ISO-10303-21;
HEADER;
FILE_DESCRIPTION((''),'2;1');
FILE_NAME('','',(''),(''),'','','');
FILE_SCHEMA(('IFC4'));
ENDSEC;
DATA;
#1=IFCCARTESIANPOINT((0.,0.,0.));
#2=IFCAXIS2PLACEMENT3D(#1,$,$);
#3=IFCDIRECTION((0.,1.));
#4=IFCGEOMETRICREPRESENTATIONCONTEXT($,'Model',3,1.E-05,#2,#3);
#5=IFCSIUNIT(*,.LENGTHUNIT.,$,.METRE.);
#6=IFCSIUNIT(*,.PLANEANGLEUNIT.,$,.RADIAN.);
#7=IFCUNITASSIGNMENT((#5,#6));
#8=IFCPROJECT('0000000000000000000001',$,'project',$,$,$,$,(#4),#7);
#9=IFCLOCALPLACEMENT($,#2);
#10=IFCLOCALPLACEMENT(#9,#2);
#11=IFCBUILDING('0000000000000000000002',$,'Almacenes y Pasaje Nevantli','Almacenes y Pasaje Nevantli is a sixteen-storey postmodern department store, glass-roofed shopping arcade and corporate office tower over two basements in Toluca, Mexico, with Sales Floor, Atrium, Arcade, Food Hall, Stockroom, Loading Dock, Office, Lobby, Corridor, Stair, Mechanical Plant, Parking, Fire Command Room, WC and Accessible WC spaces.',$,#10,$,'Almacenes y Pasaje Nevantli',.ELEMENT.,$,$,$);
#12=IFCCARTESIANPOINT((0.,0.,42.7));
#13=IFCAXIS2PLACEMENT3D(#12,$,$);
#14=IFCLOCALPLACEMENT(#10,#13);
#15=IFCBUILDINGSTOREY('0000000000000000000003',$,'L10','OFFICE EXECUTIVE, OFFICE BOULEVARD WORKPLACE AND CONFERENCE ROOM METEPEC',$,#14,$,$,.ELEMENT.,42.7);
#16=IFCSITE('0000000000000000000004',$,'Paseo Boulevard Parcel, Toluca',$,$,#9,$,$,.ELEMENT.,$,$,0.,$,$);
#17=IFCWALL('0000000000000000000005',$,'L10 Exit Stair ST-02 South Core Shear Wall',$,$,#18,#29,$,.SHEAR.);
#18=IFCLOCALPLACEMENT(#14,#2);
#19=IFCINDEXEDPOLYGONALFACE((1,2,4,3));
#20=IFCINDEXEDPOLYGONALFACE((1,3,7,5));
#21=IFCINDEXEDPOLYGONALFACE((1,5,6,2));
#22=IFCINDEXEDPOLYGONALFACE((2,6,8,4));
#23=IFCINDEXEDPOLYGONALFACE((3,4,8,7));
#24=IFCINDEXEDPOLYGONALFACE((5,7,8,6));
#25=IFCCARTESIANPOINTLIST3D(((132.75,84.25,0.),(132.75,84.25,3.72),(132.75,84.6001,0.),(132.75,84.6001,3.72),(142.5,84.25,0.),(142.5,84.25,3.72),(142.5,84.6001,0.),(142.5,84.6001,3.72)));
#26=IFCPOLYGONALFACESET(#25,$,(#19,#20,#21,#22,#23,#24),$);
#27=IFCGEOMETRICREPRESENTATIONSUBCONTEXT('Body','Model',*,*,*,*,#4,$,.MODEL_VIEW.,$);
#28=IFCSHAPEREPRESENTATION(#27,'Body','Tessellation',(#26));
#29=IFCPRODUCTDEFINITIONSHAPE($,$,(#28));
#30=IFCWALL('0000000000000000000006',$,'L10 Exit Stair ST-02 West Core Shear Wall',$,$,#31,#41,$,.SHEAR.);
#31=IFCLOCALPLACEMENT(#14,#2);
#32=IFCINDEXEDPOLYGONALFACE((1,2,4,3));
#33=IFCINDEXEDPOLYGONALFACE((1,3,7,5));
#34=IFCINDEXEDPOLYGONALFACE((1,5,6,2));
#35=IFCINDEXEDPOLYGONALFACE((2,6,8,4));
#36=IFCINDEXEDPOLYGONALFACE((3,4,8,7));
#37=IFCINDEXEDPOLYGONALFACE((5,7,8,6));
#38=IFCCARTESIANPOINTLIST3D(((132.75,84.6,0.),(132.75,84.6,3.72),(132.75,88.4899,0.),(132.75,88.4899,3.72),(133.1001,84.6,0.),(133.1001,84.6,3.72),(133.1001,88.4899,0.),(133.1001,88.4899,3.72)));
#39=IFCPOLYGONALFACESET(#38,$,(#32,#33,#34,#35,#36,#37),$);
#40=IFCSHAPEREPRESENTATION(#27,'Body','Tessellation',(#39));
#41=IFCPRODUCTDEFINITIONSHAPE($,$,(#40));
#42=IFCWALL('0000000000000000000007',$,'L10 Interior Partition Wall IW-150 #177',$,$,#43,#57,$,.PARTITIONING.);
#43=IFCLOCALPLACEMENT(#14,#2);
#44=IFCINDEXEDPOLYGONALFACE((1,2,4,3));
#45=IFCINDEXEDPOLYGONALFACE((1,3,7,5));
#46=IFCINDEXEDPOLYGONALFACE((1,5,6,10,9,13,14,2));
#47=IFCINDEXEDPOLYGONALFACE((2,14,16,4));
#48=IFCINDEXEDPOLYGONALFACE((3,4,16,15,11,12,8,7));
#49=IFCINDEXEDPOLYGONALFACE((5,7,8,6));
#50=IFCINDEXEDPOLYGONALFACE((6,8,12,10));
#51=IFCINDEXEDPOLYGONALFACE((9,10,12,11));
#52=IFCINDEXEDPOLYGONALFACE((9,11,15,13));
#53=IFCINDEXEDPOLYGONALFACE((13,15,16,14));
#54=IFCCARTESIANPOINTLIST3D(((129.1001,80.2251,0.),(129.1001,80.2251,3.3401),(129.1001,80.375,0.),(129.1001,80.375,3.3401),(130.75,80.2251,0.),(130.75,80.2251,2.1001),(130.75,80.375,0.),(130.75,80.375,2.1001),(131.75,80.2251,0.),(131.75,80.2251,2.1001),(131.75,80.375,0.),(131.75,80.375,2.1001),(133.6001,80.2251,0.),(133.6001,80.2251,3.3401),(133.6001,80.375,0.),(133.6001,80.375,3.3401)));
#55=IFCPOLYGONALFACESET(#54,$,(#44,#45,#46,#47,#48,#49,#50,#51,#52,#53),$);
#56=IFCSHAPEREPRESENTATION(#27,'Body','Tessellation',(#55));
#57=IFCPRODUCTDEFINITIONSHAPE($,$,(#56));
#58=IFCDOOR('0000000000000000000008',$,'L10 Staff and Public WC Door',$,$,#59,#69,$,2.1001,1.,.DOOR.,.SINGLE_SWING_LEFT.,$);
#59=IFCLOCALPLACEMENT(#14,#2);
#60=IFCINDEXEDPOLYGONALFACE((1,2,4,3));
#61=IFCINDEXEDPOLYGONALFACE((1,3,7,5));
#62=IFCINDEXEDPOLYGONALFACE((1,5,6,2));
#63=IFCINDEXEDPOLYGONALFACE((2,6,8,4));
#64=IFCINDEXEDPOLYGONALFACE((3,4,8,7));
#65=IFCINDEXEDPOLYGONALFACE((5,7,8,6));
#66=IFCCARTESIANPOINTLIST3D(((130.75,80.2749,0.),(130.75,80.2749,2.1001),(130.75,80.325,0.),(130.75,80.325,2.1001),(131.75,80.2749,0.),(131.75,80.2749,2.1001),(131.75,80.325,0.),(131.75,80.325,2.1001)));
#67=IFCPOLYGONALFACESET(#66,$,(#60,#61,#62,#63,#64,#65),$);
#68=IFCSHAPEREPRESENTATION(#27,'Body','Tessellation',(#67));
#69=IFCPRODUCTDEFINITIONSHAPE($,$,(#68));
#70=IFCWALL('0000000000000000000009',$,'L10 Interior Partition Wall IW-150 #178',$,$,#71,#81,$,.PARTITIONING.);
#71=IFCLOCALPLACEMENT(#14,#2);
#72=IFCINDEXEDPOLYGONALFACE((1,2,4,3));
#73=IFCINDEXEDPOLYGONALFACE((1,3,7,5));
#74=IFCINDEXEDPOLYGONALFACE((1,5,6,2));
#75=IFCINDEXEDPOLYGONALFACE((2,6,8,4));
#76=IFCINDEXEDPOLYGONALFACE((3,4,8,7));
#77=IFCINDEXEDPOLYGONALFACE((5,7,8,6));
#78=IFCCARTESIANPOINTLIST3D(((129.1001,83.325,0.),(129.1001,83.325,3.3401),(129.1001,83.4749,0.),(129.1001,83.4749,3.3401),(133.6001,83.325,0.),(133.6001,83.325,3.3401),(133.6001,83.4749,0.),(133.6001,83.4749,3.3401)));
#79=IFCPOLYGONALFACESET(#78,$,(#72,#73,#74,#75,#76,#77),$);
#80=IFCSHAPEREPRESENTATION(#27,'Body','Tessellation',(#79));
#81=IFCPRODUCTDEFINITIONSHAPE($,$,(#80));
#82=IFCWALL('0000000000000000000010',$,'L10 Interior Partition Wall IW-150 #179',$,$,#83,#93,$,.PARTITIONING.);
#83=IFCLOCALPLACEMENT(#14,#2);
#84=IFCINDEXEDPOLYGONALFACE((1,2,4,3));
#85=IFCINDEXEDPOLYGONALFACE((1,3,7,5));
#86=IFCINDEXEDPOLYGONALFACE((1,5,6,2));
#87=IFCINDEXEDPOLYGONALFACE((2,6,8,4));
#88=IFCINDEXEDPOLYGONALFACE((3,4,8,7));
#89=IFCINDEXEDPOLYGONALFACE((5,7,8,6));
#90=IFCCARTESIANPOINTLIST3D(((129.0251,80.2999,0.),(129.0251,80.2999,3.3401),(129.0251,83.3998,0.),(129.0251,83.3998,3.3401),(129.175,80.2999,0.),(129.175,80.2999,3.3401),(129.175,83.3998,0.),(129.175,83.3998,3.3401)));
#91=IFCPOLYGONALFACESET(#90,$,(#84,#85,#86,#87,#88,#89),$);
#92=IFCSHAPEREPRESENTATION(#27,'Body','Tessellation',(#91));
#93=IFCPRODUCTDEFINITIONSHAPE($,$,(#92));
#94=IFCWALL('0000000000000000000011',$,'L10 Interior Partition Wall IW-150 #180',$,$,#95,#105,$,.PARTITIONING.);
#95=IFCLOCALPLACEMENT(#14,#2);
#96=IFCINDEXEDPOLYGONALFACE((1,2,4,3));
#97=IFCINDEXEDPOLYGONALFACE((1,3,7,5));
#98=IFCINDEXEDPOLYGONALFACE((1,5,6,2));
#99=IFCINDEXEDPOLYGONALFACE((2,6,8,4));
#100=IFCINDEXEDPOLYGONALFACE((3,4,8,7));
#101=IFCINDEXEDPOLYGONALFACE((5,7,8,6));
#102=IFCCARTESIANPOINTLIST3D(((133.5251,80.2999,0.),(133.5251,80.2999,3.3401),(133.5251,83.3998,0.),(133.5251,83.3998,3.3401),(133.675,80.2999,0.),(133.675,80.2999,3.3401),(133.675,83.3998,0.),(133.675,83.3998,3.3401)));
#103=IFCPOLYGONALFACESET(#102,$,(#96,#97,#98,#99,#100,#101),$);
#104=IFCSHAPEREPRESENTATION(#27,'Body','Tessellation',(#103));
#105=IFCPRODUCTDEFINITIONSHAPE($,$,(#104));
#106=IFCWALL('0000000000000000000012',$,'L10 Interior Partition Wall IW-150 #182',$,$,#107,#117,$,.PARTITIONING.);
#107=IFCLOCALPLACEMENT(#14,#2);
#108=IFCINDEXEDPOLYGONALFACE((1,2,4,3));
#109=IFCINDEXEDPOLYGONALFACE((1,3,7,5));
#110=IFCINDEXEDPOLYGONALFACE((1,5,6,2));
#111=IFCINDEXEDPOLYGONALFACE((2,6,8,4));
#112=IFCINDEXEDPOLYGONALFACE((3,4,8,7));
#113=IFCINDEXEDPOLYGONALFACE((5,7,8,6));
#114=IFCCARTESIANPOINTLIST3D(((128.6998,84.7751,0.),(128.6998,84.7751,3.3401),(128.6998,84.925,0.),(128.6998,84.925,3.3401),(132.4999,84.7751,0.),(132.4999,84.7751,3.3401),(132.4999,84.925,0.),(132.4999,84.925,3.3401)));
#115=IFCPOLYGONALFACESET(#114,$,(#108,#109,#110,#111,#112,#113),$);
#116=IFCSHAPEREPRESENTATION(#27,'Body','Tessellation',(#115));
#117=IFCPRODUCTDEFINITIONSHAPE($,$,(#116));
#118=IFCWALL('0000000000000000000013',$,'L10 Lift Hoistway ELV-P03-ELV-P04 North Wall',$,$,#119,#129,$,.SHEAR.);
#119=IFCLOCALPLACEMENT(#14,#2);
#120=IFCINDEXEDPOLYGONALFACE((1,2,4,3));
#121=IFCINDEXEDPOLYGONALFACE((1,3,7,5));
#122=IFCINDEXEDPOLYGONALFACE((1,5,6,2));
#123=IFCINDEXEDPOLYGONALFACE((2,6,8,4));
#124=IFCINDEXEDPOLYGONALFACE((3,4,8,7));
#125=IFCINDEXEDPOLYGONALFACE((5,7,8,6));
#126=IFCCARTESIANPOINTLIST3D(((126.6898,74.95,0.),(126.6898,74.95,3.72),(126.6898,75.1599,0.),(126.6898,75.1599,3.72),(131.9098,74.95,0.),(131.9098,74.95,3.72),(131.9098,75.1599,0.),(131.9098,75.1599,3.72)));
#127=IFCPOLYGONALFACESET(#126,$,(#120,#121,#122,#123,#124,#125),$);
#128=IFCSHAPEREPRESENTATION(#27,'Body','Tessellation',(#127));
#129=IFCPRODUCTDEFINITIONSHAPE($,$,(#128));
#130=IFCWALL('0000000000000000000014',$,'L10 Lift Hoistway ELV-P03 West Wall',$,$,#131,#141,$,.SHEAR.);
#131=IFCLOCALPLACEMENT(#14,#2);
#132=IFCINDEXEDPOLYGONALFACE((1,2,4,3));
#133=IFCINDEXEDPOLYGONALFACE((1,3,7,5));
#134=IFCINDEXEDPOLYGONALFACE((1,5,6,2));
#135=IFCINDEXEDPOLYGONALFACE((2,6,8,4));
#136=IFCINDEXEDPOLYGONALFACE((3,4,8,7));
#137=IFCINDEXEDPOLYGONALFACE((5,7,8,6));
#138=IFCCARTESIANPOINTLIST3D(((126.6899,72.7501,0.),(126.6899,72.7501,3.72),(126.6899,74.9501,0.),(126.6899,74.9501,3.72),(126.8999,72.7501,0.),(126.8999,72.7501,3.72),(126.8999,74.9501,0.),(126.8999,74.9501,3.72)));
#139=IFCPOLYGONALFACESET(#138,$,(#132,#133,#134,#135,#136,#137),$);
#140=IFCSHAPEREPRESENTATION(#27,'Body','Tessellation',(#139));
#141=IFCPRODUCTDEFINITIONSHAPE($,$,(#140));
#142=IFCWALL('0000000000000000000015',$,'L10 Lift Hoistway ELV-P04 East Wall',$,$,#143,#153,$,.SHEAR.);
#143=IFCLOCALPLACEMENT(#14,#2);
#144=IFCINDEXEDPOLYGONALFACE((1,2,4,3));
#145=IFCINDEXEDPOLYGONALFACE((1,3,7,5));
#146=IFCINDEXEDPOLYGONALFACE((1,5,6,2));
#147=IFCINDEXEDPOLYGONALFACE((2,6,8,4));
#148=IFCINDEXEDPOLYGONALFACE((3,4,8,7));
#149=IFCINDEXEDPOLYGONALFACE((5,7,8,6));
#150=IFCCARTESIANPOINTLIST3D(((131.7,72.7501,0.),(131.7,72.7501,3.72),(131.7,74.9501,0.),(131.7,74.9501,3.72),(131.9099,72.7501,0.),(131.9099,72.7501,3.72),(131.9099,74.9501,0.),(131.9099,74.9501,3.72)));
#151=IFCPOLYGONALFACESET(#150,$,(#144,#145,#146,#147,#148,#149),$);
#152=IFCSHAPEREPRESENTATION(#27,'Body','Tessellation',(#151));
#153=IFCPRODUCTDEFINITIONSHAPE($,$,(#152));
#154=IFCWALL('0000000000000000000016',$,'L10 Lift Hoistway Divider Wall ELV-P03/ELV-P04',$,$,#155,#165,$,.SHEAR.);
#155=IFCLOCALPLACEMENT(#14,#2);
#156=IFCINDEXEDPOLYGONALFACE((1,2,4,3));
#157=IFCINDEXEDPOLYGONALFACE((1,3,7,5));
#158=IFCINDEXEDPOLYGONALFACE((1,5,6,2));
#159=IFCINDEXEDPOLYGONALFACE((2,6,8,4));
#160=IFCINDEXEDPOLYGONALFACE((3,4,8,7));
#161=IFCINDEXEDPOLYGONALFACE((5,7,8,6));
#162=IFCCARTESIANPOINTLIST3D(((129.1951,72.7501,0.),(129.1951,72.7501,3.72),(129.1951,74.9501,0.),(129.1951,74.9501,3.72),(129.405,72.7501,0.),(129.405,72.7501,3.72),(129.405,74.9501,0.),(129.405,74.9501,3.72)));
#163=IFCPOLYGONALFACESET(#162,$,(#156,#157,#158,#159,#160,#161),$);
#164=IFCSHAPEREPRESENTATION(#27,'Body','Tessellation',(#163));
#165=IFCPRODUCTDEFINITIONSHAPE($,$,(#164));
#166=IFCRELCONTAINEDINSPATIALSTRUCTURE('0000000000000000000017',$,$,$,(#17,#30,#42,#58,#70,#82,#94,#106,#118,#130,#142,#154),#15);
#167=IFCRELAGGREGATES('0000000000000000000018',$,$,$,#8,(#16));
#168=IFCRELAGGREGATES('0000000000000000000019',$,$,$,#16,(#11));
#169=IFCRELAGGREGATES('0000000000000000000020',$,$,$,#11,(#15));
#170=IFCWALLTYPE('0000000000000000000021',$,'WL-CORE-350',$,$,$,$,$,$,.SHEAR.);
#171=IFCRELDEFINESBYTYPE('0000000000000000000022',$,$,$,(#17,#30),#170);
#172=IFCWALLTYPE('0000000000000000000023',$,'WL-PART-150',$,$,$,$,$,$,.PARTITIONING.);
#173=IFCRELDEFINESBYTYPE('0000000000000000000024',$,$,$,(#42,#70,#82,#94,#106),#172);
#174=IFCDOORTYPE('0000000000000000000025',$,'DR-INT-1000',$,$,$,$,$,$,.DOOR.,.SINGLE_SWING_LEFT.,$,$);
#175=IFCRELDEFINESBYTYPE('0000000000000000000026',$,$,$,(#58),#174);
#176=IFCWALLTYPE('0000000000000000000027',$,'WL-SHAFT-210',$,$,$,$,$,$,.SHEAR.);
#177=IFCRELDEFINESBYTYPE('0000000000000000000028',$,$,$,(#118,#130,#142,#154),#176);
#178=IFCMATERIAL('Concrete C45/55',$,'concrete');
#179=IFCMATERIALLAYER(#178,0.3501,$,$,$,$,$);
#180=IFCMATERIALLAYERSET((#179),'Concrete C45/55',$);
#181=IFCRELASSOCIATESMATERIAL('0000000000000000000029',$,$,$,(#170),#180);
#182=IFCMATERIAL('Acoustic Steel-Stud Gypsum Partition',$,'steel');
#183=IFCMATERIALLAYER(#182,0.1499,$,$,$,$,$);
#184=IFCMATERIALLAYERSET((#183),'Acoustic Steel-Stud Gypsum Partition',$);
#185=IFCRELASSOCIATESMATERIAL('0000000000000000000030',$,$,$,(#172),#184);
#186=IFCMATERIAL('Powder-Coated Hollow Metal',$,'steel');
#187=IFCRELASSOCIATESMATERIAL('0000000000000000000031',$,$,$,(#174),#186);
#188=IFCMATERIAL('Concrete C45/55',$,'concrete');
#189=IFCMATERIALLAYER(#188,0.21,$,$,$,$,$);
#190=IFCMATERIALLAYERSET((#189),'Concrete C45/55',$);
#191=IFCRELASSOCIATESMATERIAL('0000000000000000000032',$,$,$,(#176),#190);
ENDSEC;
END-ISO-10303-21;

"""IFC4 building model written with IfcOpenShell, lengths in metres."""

from ifc_helpers import new_model, si_unit, direction, frame, frame_2d, origin, place, context, subcontext, project, spatial, rectangle, extrude, material, layer, layer_set, type_object, element, fill, save


model = new_model("IFC4")

# Units and contexts
model_context = context("Model", 3, precision=1e-05, world=origin(), true_north=direction((0.0, 1.0)))
body_context = subcontext(model_context, "Body", "Model", "MODEL_VIEW")
ifc_project = project(units=[si_unit("LENGTHUNIT", "METRE"), si_unit("PLANEANGLEUNIT", "RADIAN")], contexts=[model_context])

# Site, building, storey
site_placement = place(None, origin())
site = spatial("IfcSite", under=ifc_project, at=site_placement, Name="Paseo Boulevard Parcel, Toluca", CompositionType="ELEMENT", RefElevation=0.0)
building_placement = place(site_placement, origin())
building = spatial("IfcBuilding", under=site, at=building_placement, Name="Almacenes y Pasaje Nevantli", Description="Almacenes y Pasaje Nevantli is a sixteen-storey postmodern department store, glass-roofed shopping arcade and corporate office tower over two basements in Toluca, Mexico, with Sales Floor, Atrium, Arcade, Food Hall, Stockroom, Loading Dock, Office, Lobby, Corridor, Stair, Mechanical Plant, Parking, Fire Command Room, WC and Accessible WC spaces.", LongName="Almacenes y Pasaje Nevantli", CompositionType="ELEMENT")
storey_placement = place(building_placement, frame((0.0, 0.0, 42.7)))
storey = spatial("IfcBuildingStorey", under=building, at=storey_placement, Name="L10", Description="OFFICE EXECUTIVE, OFFICE BOULEVARD WORKPLACE AND CONFERENCE ROOM METEPEC", CompositionType="ELEMENT", Elevation=42.7)

# Walls
ifc_material_1 = material(Name="Concrete C45/55", Category="concrete")
ifc_layer_1 = layer(ifc_material_1, 0.3501)
ifc_layer_set_1 = layer_set([ifc_layer_1], Name="Concrete C45/55")
wall_type_1 = type_object("IfcWallType", Name="WL-CORE-350", PredefinedType="SHEAR", material=ifc_layer_set_1)
wall_1_placement = place(storey_placement, frame((132.75, 84.425, 0.0), z_axis=(0.0, 0.0, 1.0), x_axis=(1.0, 0.0, 0.0)))
element("IfcWall", 1, at=wall_1_placement, inside=storey, type_object=wall_type_1, Name="L10 Exit Stair ST-02 South Core Shear Wall", PredefinedType="SHEAR", context=body_context, shape_type="SweptSolid", body=[
    extrude(rectangle(XDim=9.75, YDim=0.3501, at=frame_2d((4.875, 0.0))), origin(), (0.0, 0.0, 1.0), 3.72),
])
wall_2_placement = place(storey_placement, frame((132.925, 84.6001, 0.0), z_axis=(0.0, 0.0, 1.0), x_axis=(0.0, 1.0, 0.0)))
element("IfcWall", 2, at=wall_2_placement, inside=storey, type_object=wall_type_1, Name="L10 Exit Stair ST-02 West Core Shear Wall", PredefinedType="SHEAR", context=body_context, shape_type="SweptSolid", body=[
    extrude(rectangle(XDim=3.8899, YDim=0.3501, at=frame_2d((1.9448, 0.0))), origin(), (0.0, 0.0, 1.0), 3.72),
])

# Wall, opening, door
ifc_material_2 = material(Name="Acoustic Steel-Stud Gypsum Partition", Category="steel")
ifc_layer_2 = layer(ifc_material_2, 0.1499)
ifc_layer_set_2 = layer_set([ifc_layer_2], Name="Acoustic Steel-Stud Gypsum Partition")
wall_type_2 = type_object("IfcWallType", Name="WL-PART-150", PredefinedType="PARTITIONING", material=ifc_layer_set_2)
wall_3_placement = place(storey_placement, frame((129.1001, 80.3, 0.0), z_axis=(0.0, 0.0, 1.0), x_axis=(1.0, 0.0, 0.0)))
wall_3 = element("IfcWall", 3, at=wall_3_placement, inside=storey, type_object=wall_type_2, Name="L10 Interior Partition Wall IW-150 #177", PredefinedType="PARTITIONING", context=body_context, shape_type="SweptSolid", body=[
    extrude(rectangle(XDim=4.5, YDim=0.1499, at=frame_2d((2.25, 0.0))), origin(), (0.0, 0.0, 1.0), 3.3401),
])
opening_placement = place(wall_3_placement, frame((1.6499, 0.0, 0.0)))
opening = element("IfcOpeningElement", 4, at=opening_placement, cuts=wall_3, PredefinedType="OPENING", context=body_context, shape_type="SweptSolid", body=[
    extrude(rectangle(XDim=1.0, YDim=2.1001, at=frame_2d((0.5, 1.05))), frame((0.0, 0.085, 0.0), z_axis=(0.0, -1.0, 0.0), x_axis=(1.0, 0.0, 0.0)), (0.0, 0.0, 1.0), 0.1699),
])
ifc_material_3 = material(Name="Powder-Coated Hollow Metal", Category="steel")
door_type = type_object("IfcDoorType", Name="DR-INT-1000", OperationType="SINGLE_SWING_LEFT", PredefinedType="DOOR", material=ifc_material_3)
door_placement = place(opening_placement, origin())
door = element("IfcDoor", 5, at=door_placement, inside=storey, type_object=door_type, Name="L10 Staff and Public WC Door", OperationType="SINGLE_SWING_LEFT", OverallHeight=2.1001, OverallWidth=1.0, PredefinedType="DOOR", context=body_context, shape_type="SweptSolid", body=[
    extrude(rectangle(XDim=1.0, YDim=2.1001, at=frame_2d((0.5, 1.05))), frame((0.0, 0.0249, 0.0), z_axis=(0.0, -1.0, 0.0), x_axis=(1.0, 0.0, 0.0)), (0.0, 0.0, 1.0), 0.05),
])
fill(opening, door)

# Walls
wall_4_placement = place(storey_placement, frame((129.1001, 83.3999, 0.0), z_axis=(0.0, 0.0, 1.0), x_axis=(1.0, 0.0, 0.0)))
element("IfcWall", 6, at=wall_4_placement, inside=storey, type_object=wall_type_2, Name="L10 Interior Partition Wall IW-150 #178", PredefinedType="PARTITIONING", context=body_context, shape_type="SweptSolid", body=[
    extrude(rectangle(XDim=4.5, YDim=0.1499, at=frame_2d((2.25, 0.0))), origin(), (0.0, 0.0, 1.0), 3.3401),
])
for number, where, z_axis, x_axis, name in (
    (7, (129.1001, 80.3, 0.0), (0.0, 0.0, 1.0), (0.0, 1.0, 0.0), "L10 Interior Partition Wall IW-150 #179"),
    (8, (133.6001, 80.3, 0.0), (0.0, 0.0, 1.0), (0.0, 1.0, 0.0), "L10 Interior Partition Wall IW-150 #180"),
):
    element("IfcWall", number, at=place(storey_placement, frame(where, z_axis=z_axis, x_axis=x_axis)), inside=storey, type_object=wall_type_2, Name=name, PredefinedType="PARTITIONING", context=body_context, shape_type="SweptSolid", body=[
        extrude(rectangle(XDim=3.0999, YDim=0.1499, at=frame_2d((1.5498, 0.0))), origin(), (0.0, 0.0, 1.0), 3.3401),
    ])
wall_5_placement = place(storey_placement, frame((128.7, 84.8501, 0.0), z_axis=(0.0, 0.0, 1.0), x_axis=(1.0, 0.0, 0.0)))
element("IfcWall", 9, at=wall_5_placement, inside=storey, type_object=wall_type_2, Name="L10 Interior Partition Wall IW-150 #182", PredefinedType="PARTITIONING", context=body_context, shape_type="SweptSolid", body=[
    extrude(rectangle(XDim=3.8, YDim=0.1499, at=frame_2d((1.8999, 0.0))), origin(), (0.0, 0.0, 1.0), 3.3401),
])
ifc_material_4 = material(Name="Concrete C45/55", Category="concrete")
ifc_layer_3 = layer(ifc_material_4, 0.21)
ifc_layer_set_3 = layer_set([ifc_layer_3], Name="Concrete C45/55")
wall_type_3 = type_object("IfcWallType", Name="WL-SHAFT-210", PredefinedType="SHEAR", material=ifc_layer_set_3)
wall_6_placement = place(storey_placement, frame((126.6899, 75.0549, 0.0), z_axis=(0.0, 0.0, 1.0), x_axis=(1.0, 0.0, 0.0)))
element("IfcWall", 10, at=wall_6_placement, inside=storey, type_object=wall_type_3, Name="L10 Lift Hoistway ELV-P03-ELV-P04 North Wall", PredefinedType="SHEAR", context=body_context, shape_type="SweptSolid", body=[
    extrude(rectangle(XDim=5.22, YDim=0.21, at=frame_2d((2.6099, 0.0))), origin(), (0.0, 0.0, 1.0), 3.72),
])
for number, where, z_axis, x_axis, name in (
    (11, (126.7949, 72.75, 0.0), (0.0, 0.0, 1.0), (0.0, 1.0, 0.0), "L10 Lift Hoistway ELV-P03 West Wall"),
    (12, (131.8049, 72.75, 0.0), (0.0, 0.0, 1.0), (0.0, 1.0, 0.0), "L10 Lift Hoistway ELV-P04 East Wall"),
    (13, (129.3, 72.75, 0.0), (0.0, 0.0, 1.0), (0.0, 1.0, 0.0), "L10 Lift Hoistway Divider Wall ELV-P03/ELV-P04"),
):
    element("IfcWall", number, at=place(storey_placement, frame(where, z_axis=z_axis, x_axis=x_axis)), inside=storey, type_object=wall_type_3, Name=name, PredefinedType="SHEAR", context=body_context, shape_type="SweptSolid", body=[
        extrude(rectangle(XDim=2.2, YDim=0.21, at=frame_2d((1.1001, 0.0))), origin(), (0.0, 0.0, 1.0), 3.72),
    ])

save(model, "model.ifc")
